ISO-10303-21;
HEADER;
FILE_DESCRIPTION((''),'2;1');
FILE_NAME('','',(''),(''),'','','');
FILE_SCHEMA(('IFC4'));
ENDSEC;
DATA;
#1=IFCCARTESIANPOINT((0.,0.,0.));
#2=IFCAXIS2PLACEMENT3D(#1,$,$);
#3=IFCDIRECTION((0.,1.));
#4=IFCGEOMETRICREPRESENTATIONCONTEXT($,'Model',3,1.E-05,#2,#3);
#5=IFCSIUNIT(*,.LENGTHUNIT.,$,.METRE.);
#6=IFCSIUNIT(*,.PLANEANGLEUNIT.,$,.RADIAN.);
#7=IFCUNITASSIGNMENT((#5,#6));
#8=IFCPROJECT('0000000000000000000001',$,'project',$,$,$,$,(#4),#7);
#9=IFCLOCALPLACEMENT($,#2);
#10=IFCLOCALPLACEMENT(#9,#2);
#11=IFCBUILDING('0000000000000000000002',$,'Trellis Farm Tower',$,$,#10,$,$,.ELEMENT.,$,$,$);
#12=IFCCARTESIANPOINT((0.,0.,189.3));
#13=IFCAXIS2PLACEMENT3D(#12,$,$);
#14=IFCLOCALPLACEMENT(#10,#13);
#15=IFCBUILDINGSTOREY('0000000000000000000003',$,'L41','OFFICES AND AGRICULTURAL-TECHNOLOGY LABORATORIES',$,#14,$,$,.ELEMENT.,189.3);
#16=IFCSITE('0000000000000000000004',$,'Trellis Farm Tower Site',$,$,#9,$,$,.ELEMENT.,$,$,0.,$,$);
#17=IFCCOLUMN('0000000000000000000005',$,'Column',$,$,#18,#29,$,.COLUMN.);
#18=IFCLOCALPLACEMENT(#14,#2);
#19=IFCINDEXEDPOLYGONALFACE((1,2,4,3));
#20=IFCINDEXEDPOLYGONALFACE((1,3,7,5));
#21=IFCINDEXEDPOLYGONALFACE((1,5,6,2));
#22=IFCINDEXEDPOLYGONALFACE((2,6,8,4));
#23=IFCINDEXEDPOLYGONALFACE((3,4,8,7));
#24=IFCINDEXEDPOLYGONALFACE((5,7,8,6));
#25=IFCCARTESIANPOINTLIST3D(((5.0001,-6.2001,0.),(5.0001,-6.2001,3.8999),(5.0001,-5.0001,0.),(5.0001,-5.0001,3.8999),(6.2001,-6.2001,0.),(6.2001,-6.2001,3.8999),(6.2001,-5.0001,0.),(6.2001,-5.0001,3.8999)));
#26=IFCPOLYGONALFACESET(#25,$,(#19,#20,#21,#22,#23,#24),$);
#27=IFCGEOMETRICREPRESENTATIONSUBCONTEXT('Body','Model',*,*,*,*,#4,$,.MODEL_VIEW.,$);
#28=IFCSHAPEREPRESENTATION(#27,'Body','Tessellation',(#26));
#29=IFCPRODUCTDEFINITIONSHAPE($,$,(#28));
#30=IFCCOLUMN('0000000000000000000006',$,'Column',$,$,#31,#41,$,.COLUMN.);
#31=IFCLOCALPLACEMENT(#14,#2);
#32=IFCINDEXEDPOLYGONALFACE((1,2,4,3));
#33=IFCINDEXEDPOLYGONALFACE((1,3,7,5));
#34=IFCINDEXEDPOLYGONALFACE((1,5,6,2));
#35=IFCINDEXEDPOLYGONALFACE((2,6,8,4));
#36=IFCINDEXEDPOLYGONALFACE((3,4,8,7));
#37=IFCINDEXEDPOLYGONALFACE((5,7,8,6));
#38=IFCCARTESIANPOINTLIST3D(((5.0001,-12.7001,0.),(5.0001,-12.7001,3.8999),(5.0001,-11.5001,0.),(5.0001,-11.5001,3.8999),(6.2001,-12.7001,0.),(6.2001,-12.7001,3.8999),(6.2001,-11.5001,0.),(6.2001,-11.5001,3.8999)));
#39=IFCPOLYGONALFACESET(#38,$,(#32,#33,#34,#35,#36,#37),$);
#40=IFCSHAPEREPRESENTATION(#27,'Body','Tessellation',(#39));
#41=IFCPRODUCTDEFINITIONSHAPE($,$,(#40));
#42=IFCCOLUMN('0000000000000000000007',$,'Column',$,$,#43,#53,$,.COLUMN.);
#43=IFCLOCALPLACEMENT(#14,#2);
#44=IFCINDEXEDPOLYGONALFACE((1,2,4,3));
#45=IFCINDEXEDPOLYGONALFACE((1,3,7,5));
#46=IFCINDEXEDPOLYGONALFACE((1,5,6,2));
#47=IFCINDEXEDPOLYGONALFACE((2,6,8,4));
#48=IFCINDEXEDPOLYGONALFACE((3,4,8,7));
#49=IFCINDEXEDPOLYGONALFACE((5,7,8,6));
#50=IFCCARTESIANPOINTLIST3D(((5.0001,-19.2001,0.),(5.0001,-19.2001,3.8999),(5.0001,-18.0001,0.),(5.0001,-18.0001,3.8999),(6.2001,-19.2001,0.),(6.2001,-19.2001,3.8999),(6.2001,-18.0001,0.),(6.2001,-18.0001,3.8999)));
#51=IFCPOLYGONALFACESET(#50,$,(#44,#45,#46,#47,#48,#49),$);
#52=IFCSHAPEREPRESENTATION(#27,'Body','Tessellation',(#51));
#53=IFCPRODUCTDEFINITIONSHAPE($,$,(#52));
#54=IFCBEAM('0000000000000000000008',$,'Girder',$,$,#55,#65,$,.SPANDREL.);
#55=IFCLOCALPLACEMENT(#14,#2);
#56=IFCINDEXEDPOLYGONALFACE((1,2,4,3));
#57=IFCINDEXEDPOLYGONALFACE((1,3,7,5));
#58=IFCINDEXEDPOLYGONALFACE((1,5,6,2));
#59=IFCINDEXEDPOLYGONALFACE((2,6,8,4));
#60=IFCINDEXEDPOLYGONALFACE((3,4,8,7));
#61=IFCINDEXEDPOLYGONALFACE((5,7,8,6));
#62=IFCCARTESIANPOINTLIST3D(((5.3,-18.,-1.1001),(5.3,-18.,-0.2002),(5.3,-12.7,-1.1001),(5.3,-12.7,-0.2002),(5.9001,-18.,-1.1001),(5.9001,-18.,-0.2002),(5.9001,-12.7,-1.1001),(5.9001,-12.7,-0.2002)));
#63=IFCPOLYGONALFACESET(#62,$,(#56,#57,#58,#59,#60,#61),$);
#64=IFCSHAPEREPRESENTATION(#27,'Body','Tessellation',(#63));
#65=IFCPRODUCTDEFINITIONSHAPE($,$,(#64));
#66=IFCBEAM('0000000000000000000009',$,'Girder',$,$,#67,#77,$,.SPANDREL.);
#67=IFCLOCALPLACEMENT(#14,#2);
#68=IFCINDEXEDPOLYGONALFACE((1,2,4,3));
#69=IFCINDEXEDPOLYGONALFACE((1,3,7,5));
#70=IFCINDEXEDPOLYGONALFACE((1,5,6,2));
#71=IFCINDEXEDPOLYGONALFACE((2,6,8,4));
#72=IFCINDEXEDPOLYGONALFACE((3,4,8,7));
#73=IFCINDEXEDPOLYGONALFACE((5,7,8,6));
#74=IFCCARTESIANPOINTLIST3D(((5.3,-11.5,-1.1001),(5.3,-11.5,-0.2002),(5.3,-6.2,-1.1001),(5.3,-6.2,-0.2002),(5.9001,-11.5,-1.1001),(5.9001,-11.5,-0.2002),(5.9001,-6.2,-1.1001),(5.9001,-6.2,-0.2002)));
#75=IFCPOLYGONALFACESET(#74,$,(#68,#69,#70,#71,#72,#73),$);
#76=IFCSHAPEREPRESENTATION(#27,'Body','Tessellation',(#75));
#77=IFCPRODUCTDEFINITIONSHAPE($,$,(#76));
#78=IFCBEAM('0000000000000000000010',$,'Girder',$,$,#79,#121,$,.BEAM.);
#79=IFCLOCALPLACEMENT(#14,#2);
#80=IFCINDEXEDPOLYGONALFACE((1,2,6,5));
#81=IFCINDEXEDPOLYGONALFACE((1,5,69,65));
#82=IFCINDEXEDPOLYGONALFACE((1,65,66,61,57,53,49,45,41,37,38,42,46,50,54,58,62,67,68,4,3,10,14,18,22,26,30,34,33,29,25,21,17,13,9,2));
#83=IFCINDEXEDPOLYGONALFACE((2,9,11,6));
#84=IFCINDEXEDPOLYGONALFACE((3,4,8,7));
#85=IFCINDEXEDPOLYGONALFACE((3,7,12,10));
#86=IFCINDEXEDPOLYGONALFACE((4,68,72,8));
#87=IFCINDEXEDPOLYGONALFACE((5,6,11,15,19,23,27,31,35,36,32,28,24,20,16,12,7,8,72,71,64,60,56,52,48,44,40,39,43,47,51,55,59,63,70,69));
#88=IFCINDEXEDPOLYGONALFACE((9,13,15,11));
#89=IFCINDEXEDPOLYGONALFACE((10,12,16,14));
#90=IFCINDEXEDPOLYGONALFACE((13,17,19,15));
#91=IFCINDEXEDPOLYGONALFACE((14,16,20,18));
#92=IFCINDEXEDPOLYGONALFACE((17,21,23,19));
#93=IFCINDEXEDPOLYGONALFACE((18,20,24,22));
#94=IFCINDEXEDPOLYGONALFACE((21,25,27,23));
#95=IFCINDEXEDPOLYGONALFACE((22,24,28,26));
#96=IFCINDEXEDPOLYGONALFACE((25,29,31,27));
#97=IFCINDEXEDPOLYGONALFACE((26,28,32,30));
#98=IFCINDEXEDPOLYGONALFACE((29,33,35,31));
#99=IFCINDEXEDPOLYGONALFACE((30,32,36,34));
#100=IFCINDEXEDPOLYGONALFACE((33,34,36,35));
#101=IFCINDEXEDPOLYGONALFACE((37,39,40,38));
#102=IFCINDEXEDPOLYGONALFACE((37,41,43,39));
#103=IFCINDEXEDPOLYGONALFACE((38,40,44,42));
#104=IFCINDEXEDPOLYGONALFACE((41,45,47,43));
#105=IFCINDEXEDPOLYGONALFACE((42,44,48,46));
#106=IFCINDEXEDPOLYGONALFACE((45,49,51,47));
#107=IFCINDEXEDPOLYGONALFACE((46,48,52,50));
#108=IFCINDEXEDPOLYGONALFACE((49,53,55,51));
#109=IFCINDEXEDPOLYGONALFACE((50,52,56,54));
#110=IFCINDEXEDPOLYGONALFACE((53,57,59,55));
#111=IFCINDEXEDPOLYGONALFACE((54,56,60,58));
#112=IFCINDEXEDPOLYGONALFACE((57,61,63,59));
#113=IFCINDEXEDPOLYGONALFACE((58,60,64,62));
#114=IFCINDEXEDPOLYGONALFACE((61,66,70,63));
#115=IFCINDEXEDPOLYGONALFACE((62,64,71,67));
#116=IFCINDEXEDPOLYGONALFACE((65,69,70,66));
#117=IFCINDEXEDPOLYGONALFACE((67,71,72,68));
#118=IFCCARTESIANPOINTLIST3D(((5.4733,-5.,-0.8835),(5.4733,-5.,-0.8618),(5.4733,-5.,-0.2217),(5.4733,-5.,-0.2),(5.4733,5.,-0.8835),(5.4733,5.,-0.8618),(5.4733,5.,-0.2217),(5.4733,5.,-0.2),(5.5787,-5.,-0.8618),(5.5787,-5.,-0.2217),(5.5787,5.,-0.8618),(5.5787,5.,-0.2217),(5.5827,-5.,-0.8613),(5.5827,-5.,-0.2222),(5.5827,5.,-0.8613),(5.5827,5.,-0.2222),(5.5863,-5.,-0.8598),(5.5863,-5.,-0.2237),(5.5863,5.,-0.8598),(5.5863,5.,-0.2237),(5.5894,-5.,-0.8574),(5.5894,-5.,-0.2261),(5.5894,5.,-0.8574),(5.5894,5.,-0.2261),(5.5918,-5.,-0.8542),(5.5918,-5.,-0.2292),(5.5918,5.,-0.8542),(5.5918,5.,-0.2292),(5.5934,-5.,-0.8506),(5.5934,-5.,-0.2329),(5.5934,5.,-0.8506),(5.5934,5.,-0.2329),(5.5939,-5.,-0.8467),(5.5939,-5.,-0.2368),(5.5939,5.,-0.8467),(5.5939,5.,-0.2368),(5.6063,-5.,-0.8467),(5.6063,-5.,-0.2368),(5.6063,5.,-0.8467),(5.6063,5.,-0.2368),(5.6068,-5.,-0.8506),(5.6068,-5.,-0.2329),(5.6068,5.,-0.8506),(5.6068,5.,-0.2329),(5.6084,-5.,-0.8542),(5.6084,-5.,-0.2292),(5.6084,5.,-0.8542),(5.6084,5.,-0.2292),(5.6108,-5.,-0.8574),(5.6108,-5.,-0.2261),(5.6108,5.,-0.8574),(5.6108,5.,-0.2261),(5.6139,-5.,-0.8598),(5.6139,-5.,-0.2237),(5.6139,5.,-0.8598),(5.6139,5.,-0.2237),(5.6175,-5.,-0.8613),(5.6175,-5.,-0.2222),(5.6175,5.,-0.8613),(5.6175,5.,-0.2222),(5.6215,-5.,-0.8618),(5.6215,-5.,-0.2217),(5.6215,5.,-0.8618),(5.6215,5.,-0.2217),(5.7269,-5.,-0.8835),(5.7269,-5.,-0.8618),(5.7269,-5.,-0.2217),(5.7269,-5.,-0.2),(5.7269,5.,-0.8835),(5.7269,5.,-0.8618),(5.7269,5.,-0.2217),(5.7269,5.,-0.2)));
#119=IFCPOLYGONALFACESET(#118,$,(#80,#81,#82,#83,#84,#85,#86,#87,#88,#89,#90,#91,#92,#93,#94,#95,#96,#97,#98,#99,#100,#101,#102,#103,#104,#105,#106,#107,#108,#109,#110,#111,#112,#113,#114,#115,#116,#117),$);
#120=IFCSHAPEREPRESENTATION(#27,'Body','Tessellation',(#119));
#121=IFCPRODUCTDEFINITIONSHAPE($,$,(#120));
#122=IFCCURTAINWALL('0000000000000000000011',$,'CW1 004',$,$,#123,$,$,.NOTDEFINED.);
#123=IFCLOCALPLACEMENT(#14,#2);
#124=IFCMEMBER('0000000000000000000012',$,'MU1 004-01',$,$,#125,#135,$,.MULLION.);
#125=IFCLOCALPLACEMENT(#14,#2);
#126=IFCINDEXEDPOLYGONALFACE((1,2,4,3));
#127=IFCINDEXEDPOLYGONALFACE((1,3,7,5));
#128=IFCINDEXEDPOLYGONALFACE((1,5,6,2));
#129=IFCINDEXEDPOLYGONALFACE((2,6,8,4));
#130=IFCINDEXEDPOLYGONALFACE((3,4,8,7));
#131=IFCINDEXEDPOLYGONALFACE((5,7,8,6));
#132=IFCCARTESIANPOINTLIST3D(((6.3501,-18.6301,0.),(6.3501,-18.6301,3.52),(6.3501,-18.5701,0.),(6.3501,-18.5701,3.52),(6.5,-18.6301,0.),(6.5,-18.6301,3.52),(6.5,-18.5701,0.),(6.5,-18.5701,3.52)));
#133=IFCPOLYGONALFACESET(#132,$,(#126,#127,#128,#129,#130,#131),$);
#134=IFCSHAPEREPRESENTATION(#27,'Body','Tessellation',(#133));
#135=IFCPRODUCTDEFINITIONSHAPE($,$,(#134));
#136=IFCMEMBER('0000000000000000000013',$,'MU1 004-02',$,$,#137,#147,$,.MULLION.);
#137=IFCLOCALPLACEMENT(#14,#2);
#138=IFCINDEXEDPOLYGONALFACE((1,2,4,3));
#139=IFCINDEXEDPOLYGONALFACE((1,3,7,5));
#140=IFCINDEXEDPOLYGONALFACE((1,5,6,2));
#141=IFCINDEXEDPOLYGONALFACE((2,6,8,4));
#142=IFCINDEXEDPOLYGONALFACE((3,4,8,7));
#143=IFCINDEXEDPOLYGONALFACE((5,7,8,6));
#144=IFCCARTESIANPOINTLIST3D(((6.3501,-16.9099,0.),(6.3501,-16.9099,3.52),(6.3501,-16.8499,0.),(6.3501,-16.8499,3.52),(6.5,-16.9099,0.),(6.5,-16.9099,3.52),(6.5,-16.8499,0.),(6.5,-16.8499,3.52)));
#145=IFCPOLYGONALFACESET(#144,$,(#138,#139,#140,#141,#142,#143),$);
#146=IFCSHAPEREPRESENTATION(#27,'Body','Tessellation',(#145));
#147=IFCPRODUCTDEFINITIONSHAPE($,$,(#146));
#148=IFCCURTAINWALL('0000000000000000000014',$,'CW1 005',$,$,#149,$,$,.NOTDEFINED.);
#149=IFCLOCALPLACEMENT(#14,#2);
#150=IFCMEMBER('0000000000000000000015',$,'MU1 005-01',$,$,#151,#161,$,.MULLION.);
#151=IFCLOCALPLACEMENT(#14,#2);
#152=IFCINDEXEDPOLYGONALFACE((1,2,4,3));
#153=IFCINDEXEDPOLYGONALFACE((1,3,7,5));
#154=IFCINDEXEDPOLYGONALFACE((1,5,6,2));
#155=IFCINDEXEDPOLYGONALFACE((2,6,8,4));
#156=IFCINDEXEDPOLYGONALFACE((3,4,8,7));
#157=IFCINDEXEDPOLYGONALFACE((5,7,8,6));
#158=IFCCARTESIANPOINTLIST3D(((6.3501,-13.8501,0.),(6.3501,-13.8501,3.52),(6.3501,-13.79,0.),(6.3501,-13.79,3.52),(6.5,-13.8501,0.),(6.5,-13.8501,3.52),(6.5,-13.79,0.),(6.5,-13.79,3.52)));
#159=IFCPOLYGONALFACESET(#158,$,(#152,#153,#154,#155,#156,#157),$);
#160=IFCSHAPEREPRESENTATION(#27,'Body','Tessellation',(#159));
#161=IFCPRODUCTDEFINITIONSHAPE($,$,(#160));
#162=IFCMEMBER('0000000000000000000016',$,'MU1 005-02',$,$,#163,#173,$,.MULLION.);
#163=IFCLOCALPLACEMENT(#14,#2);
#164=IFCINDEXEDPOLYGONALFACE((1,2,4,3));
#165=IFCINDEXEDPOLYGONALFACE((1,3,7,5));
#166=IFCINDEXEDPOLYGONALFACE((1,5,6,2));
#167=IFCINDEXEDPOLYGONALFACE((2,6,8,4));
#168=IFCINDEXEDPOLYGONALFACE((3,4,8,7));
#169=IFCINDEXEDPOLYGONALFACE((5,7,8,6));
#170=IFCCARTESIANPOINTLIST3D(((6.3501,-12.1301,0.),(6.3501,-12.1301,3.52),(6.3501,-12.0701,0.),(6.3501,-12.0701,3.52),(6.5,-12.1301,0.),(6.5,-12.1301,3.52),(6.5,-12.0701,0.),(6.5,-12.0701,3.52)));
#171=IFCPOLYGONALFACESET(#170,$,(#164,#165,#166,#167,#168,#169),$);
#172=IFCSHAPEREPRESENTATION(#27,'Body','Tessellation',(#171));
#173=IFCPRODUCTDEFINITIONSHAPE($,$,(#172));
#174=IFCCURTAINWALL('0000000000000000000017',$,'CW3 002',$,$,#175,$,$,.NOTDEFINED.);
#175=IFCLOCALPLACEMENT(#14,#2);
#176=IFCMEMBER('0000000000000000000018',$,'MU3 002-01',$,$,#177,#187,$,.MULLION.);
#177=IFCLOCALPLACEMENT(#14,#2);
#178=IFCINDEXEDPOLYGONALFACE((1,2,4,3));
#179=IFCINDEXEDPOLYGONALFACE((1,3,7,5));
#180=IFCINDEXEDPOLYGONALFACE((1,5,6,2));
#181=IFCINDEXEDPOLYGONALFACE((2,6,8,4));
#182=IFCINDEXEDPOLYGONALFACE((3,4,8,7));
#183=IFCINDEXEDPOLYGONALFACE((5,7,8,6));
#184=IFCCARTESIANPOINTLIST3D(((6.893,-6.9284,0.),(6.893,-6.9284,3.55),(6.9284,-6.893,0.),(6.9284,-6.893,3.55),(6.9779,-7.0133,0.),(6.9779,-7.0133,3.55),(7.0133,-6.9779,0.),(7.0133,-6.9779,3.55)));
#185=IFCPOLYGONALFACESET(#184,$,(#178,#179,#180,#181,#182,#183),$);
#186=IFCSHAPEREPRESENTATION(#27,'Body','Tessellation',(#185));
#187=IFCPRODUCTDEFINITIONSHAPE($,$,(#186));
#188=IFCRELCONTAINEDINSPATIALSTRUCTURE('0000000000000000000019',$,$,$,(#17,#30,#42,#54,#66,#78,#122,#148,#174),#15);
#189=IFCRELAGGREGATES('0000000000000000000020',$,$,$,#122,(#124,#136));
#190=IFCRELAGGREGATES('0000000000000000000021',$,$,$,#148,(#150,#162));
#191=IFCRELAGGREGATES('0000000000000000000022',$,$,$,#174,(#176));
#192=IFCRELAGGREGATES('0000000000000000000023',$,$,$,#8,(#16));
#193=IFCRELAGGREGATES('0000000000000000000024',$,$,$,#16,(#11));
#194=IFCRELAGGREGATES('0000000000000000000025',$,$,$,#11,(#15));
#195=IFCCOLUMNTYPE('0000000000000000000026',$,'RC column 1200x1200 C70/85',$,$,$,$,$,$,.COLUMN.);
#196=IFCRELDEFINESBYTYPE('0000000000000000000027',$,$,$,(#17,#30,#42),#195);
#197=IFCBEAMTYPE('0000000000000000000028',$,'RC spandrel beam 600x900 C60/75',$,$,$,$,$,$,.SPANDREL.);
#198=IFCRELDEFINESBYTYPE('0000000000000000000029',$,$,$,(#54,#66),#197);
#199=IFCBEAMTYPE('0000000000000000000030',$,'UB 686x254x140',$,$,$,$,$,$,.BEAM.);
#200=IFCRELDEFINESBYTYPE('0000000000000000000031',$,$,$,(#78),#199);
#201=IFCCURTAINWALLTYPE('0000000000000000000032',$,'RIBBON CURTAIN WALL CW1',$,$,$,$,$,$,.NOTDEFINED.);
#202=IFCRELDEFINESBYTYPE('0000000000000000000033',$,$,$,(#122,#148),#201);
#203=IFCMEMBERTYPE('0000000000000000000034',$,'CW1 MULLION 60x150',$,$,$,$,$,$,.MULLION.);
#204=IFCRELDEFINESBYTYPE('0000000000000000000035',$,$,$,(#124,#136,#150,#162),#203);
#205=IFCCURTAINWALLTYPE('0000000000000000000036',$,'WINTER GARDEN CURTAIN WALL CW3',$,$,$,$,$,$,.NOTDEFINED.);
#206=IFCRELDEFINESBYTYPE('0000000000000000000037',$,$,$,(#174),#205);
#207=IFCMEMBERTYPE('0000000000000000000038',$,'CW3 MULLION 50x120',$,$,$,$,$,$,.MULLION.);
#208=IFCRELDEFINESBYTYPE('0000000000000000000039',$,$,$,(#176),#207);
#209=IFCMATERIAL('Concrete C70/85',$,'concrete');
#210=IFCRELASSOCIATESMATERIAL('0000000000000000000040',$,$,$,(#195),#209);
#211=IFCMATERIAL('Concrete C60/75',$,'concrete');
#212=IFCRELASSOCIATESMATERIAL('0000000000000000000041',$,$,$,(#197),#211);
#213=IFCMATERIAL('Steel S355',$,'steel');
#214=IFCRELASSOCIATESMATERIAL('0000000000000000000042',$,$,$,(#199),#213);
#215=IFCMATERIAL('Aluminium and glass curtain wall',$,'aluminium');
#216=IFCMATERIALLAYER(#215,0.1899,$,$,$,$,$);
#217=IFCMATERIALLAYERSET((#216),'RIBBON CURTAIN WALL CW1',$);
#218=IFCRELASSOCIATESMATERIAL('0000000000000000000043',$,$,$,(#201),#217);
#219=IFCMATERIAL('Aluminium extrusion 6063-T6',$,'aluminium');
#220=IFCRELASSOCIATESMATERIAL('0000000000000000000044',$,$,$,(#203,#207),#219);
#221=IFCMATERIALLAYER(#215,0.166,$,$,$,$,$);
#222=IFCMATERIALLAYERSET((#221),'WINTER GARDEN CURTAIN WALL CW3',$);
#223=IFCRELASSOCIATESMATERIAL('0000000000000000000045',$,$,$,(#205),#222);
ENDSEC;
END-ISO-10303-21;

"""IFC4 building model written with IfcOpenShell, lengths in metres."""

from ifc_helpers import new_model, si_unit, direction, frame, origin, origin_2d, place, context, subcontext, project, spatial, rectangle, i_section, extrude, source, transform, mapped, material, layer, layer_set, material_profile, profile_set, type_object, element, aggregate, save


model = new_model("IFC4")

# Units and contexts
model_context = context("Model", 3, precision=1e-05, world=origin(), true_north=direction((0.0, 1.0)))
body_context = subcontext(model_context, "Body", "Model", "MODEL_VIEW")
ifc_project = project(units=[si_unit("LENGTHUNIT", "METRE"), si_unit("PLANEANGLEUNIT", "RADIAN")], contexts=[model_context])

# Site, building, storey
site_placement = place(None, origin())
site = spatial("IfcSite", under=ifc_project, at=site_placement, Name="Trellis Farm Tower Site", CompositionType="ELEMENT", RefElevation=0.0)
building_placement = place(site_placement, origin())
building = spatial("IfcBuilding", under=site, at=building_placement, Name="Trellis Farm Tower", CompositionType="ELEMENT")
storey_placement = place(building_placement, frame((0.0, 0.0, 189.3)))
storey = spatial("IfcBuildingStorey", under=building, at=storey_placement, Name="L41", Description="OFFICES AND AGRICULTURAL-TECHNOLOGY LABORATORIES", CompositionType="ELEMENT", Elevation=189.3)

# Columns
ifc_material_1 = material(Name="Concrete C70/85", Category="concrete")
ifc_material_profile_1 = material_profile(ifc_material_1, rectangle(XDim=1.2, YDim=1.2, at=origin_2d()), Name="RC column 1200x1200 C70/85")
ifc_profile_set_1 = profile_set([ifc_material_profile_1], Name="Concrete C70/85")
column_type = type_object("IfcColumnType", Name="RC column 1200x1200 C70/85", PredefinedType="COLUMN", material=ifc_profile_set_1)
shared_shape_1 = source(origin(), body_context, "Body", "SweptSolid", [
    extrude(rectangle(XDim=1.2, YDim=1.2, at=origin_2d()), origin(), (0.0, 0.0, 1.0), 3.8999),
])
for number, where, z_axis, x_axis, name in (
    (1, (5.6001, -5.6001, 0.0), (0.0, 0.0, 1.0), (1.0, 0.0, 0.0), "Column"),
    (2, (5.6001, -12.1001, 0.0), (0.0, 0.0, 1.0), (1.0, 0.0, 0.0), "Column"),
    (3, (5.6001, -18.6001, 0.0), (0.0, 0.0, 1.0), (1.0, 0.0, 0.0), "Column"),
):
    element("IfcColumn", number, at=place(storey_placement, frame(where, z_axis=z_axis, x_axis=x_axis)), inside=storey, type_object=column_type, Name=name, PredefinedType="COLUMN", context=body_context, shape_type="MappedRepresentation", body=[
        mapped(shared_shape_1, transform((0.0, 0.0, 0.0))),
    ])

# Beams
ifc_material_2 = material(Name="Concrete C60/75", Category="concrete")
ifc_material_profile_2 = material_profile(ifc_material_2, rectangle(XDim=0.6001, YDim=0.8999, at=origin_2d()), Name="RC spandrel beam 600x900 C60/75")
ifc_profile_set_2 = profile_set([ifc_material_profile_2], Name="Concrete C60/75")
beam_type_1 = type_object("IfcBeamType", Name="RC spandrel beam 600x900 C60/75", PredefinedType="SPANDREL", material=ifc_profile_set_2)
shared_shape_2 = source(origin(), body_context, "Body", "SweptSolid", [
    extrude(rectangle(XDim=0.6001, YDim=0.8999, at=origin_2d()), origin(), (0.0, 0.0, 1.0), 5.3),
])
for number, where, z_axis, x_axis, name in (
    (4, (5.6001, -18.0, -0.6501), (0.0, 1.0, 0.0), (-1.0, 0.0, 0.0), "Girder"),
    (5, (5.6001, -11.5, -0.6501), (0.0, 1.0, 0.0), (-1.0, 0.0, 0.0), "Girder"),
):
    element("IfcBeam", number, at=place(storey_placement, frame(where, z_axis=z_axis, x_axis=x_axis)), inside=storey, type_object=beam_type_1, Name=name, PredefinedType="SPANDREL", context=body_context, shape_type="MappedRepresentation", body=[
        mapped(shared_shape_2, transform((0.0, 0.0, 0.0))),
    ])
ifc_material_3 = material(Name="Steel S355", Category="steel")
ifc_material_profile_3 = material_profile(ifc_material_3, i_section(OverallWidth=0.2537, OverallDepth=0.6836, WebThickness=0.0125, FlangeThickness=0.0217, FilletRadius=0.0151, at=origin_2d()), Name="UB 686x254x140")
ifc_profile_set_3 = profile_set([ifc_material_profile_3], Name="Steel S355")
beam_type_2 = type_object("IfcBeamType", Name="UB 686x254x140", PredefinedType="BEAM", material=ifc_profile_set_3)
shared_shape_3 = source(origin(), body_context, "Body", "SweptSolid", [
    extrude(i_section(OverallWidth=0.2537, OverallDepth=0.6836, WebThickness=0.0125, FlangeThickness=0.0217, FilletRadius=0.0151, at=origin_2d()), origin(), (0.0, 0.0, 1.0), 10.0),
])
beam_placement = place(storey_placement, frame((5.6001, -5.0, -0.5417), z_axis=(0.0, 1.0, 0.0), x_axis=(-1.0, 0.0, 0.0)))
element("IfcBeam", 6, at=beam_placement, inside=storey, type_object=beam_type_2, Name="Girder", PredefinedType="BEAM", context=body_context, shape_type="MappedRepresentation", body=[
    mapped(shared_shape_3, transform((0.0, 0.0, 0.0))),
])

# Curtain walls, members
ifc_material_4 = material(Name="Aluminium and glass curtain wall", Category="aluminium")
ifc_layer_1 = layer(ifc_material_4, 0.1899)
ifc_layer_set_1 = layer_set([ifc_layer_1], Name="RIBBON CURTAIN WALL CW1")
curtain_wall_type_1 = type_object("IfcCurtainWallType", Name="RIBBON CURTAIN WALL CW1", PredefinedType="NOTDEFINED", material=ifc_layer_set_1)
placement = place(storey_placement, origin())
curtain_wall_1 = element("IfcCurtainWall", 7, at=placement, inside=storey, type_object=curtain_wall_type_1, Name="CW1 004", PredefinedType="NOTDEFINED")
ifc_material_5 = material(Name="Aluminium extrusion 6063-T6", Category="aluminium")
ifc_material_profile_4 = material_profile(ifc_material_5, rectangle(XDim=0.0601, YDim=0.1499, at=origin_2d()), Name="MULLION 60x150")
ifc_profile_set_4 = profile_set([ifc_material_profile_4], Name="Aluminium extrusion 6063-T6")
member_type_1 = type_object("IfcMemberType", Name="CW1 MULLION 60x150", PredefinedType="MULLION", material=ifc_profile_set_4)
shared_shape_4 = source(origin(), body_context, "Body", "SweptSolid", [
    extrude(rectangle(XDim=0.0601, YDim=0.1499, at=origin_2d()), origin(), (0.0, 0.0, 1.0), 3.52),
])
member_1_placement = place(storey_placement, frame((6.425, -18.6001, 0.0), z_axis=(0.0, 0.0, 1.0), x_axis=(0.0, 1.0, 0.0)))
member_1 = element("IfcMember", 8, at=member_1_placement, type_object=member_type_1, Name="MU1 004-01", PredefinedType="MULLION", context=body_context, shape_type="MappedRepresentation", body=[
    mapped(shared_shape_4, transform((0.0, 0.0, 0.0))),
])
member_2_placement = place(storey_placement, frame((6.425, -16.8799, 0.0), z_axis=(0.0, 0.0, 1.0), x_axis=(0.0, 1.0, 0.0)))
member_2 = element("IfcMember", 9, at=member_2_placement, type_object=member_type_1, Name="MU1 004-02", PredefinedType="MULLION", context=body_context, shape_type="MappedRepresentation", body=[
    mapped(shared_shape_4, transform((0.0, 0.0, 0.0))),
])
aggregate(curtain_wall_1, [member_1, member_2])
curtain_wall_2 = element("IfcCurtainWall", 10, at=placement, inside=storey, type_object=curtain_wall_type_1, Name="CW1 005", PredefinedType="NOTDEFINED")
member_3_placement = place(storey_placement, frame((6.425, -13.8201, 0.0), z_axis=(0.0, 0.0, 1.0), x_axis=(0.0, 1.0, 0.0)))
member_3 = element("IfcMember", 11, at=member_3_placement, type_object=member_type_1, Name="MU1 005-01", PredefinedType="MULLION", context=body_context, shape_type="MappedRepresentation", body=[
    mapped(shared_shape_4, transform((0.0, 0.0, 0.0))),
])
member_4_placement = place(storey_placement, frame((6.425, -12.1001, 0.0), z_axis=(0.0, 0.0, 1.0), x_axis=(0.0, 1.0, 0.0)))
member_4 = element("IfcMember", 12, at=member_4_placement, type_object=member_type_1, Name="MU1 005-02", PredefinedType="MULLION", context=body_context, shape_type="MappedRepresentation", body=[
    mapped(shared_shape_4, transform((0.0, 0.0, 0.0))),
])
aggregate(curtain_wall_2, [member_3, member_4])

# Curtain wall, member
ifc_layer_2 = layer(ifc_material_4, 0.166)
ifc_layer_set_2 = layer_set([ifc_layer_2], Name="WINTER GARDEN CURTAIN WALL CW3")
curtain_wall_type_2 = type_object("IfcCurtainWallType", Name="WINTER GARDEN CURTAIN WALL CW3", PredefinedType="NOTDEFINED", material=ifc_layer_set_2)
curtain_wall_3 = element("IfcCurtainWall", 13, at=placement, inside=storey, type_object=curtain_wall_type_2, Name="CW3 002", PredefinedType="NOTDEFINED")
ifc_material_profile_5 = material_profile(ifc_material_5, rectangle(XDim=0.05, YDim=0.1201, at=origin_2d()), Name="MULLION 50x120")
ifc_profile_set_5 = profile_set([ifc_material_profile_5], Name="Aluminium extrusion 6063-T6")
member_type_2 = type_object("IfcMemberType", Name="CW3 MULLION 50x120", PredefinedType="MULLION", material=ifc_profile_set_5)
shared_shape_5 = source(origin(), body_context, "Body", "SweptSolid", [
    extrude(rectangle(XDim=0.05, YDim=0.1201, at=origin_2d()), origin(), (0.0, 0.0, 1.0), 3.55),
])
member_5_placement = place(storey_placement, frame((6.9531, -6.9531, 0.0), z_axis=(0.0, 0.0, 1.0), x_axis=(0.707107, 0.707107, 0.0)))
member_5 = element("IfcMember", 14, at=member_5_placement, type_object=member_type_2, Name="MU3 002-01", PredefinedType="MULLION", context=body_context, shape_type="MappedRepresentation", body=[
    mapped(shared_shape_5, transform((0.0, 0.0, 0.0))),
])
aggregate(curtain_wall_3, [member_5])

save(model, "model.ifc")
